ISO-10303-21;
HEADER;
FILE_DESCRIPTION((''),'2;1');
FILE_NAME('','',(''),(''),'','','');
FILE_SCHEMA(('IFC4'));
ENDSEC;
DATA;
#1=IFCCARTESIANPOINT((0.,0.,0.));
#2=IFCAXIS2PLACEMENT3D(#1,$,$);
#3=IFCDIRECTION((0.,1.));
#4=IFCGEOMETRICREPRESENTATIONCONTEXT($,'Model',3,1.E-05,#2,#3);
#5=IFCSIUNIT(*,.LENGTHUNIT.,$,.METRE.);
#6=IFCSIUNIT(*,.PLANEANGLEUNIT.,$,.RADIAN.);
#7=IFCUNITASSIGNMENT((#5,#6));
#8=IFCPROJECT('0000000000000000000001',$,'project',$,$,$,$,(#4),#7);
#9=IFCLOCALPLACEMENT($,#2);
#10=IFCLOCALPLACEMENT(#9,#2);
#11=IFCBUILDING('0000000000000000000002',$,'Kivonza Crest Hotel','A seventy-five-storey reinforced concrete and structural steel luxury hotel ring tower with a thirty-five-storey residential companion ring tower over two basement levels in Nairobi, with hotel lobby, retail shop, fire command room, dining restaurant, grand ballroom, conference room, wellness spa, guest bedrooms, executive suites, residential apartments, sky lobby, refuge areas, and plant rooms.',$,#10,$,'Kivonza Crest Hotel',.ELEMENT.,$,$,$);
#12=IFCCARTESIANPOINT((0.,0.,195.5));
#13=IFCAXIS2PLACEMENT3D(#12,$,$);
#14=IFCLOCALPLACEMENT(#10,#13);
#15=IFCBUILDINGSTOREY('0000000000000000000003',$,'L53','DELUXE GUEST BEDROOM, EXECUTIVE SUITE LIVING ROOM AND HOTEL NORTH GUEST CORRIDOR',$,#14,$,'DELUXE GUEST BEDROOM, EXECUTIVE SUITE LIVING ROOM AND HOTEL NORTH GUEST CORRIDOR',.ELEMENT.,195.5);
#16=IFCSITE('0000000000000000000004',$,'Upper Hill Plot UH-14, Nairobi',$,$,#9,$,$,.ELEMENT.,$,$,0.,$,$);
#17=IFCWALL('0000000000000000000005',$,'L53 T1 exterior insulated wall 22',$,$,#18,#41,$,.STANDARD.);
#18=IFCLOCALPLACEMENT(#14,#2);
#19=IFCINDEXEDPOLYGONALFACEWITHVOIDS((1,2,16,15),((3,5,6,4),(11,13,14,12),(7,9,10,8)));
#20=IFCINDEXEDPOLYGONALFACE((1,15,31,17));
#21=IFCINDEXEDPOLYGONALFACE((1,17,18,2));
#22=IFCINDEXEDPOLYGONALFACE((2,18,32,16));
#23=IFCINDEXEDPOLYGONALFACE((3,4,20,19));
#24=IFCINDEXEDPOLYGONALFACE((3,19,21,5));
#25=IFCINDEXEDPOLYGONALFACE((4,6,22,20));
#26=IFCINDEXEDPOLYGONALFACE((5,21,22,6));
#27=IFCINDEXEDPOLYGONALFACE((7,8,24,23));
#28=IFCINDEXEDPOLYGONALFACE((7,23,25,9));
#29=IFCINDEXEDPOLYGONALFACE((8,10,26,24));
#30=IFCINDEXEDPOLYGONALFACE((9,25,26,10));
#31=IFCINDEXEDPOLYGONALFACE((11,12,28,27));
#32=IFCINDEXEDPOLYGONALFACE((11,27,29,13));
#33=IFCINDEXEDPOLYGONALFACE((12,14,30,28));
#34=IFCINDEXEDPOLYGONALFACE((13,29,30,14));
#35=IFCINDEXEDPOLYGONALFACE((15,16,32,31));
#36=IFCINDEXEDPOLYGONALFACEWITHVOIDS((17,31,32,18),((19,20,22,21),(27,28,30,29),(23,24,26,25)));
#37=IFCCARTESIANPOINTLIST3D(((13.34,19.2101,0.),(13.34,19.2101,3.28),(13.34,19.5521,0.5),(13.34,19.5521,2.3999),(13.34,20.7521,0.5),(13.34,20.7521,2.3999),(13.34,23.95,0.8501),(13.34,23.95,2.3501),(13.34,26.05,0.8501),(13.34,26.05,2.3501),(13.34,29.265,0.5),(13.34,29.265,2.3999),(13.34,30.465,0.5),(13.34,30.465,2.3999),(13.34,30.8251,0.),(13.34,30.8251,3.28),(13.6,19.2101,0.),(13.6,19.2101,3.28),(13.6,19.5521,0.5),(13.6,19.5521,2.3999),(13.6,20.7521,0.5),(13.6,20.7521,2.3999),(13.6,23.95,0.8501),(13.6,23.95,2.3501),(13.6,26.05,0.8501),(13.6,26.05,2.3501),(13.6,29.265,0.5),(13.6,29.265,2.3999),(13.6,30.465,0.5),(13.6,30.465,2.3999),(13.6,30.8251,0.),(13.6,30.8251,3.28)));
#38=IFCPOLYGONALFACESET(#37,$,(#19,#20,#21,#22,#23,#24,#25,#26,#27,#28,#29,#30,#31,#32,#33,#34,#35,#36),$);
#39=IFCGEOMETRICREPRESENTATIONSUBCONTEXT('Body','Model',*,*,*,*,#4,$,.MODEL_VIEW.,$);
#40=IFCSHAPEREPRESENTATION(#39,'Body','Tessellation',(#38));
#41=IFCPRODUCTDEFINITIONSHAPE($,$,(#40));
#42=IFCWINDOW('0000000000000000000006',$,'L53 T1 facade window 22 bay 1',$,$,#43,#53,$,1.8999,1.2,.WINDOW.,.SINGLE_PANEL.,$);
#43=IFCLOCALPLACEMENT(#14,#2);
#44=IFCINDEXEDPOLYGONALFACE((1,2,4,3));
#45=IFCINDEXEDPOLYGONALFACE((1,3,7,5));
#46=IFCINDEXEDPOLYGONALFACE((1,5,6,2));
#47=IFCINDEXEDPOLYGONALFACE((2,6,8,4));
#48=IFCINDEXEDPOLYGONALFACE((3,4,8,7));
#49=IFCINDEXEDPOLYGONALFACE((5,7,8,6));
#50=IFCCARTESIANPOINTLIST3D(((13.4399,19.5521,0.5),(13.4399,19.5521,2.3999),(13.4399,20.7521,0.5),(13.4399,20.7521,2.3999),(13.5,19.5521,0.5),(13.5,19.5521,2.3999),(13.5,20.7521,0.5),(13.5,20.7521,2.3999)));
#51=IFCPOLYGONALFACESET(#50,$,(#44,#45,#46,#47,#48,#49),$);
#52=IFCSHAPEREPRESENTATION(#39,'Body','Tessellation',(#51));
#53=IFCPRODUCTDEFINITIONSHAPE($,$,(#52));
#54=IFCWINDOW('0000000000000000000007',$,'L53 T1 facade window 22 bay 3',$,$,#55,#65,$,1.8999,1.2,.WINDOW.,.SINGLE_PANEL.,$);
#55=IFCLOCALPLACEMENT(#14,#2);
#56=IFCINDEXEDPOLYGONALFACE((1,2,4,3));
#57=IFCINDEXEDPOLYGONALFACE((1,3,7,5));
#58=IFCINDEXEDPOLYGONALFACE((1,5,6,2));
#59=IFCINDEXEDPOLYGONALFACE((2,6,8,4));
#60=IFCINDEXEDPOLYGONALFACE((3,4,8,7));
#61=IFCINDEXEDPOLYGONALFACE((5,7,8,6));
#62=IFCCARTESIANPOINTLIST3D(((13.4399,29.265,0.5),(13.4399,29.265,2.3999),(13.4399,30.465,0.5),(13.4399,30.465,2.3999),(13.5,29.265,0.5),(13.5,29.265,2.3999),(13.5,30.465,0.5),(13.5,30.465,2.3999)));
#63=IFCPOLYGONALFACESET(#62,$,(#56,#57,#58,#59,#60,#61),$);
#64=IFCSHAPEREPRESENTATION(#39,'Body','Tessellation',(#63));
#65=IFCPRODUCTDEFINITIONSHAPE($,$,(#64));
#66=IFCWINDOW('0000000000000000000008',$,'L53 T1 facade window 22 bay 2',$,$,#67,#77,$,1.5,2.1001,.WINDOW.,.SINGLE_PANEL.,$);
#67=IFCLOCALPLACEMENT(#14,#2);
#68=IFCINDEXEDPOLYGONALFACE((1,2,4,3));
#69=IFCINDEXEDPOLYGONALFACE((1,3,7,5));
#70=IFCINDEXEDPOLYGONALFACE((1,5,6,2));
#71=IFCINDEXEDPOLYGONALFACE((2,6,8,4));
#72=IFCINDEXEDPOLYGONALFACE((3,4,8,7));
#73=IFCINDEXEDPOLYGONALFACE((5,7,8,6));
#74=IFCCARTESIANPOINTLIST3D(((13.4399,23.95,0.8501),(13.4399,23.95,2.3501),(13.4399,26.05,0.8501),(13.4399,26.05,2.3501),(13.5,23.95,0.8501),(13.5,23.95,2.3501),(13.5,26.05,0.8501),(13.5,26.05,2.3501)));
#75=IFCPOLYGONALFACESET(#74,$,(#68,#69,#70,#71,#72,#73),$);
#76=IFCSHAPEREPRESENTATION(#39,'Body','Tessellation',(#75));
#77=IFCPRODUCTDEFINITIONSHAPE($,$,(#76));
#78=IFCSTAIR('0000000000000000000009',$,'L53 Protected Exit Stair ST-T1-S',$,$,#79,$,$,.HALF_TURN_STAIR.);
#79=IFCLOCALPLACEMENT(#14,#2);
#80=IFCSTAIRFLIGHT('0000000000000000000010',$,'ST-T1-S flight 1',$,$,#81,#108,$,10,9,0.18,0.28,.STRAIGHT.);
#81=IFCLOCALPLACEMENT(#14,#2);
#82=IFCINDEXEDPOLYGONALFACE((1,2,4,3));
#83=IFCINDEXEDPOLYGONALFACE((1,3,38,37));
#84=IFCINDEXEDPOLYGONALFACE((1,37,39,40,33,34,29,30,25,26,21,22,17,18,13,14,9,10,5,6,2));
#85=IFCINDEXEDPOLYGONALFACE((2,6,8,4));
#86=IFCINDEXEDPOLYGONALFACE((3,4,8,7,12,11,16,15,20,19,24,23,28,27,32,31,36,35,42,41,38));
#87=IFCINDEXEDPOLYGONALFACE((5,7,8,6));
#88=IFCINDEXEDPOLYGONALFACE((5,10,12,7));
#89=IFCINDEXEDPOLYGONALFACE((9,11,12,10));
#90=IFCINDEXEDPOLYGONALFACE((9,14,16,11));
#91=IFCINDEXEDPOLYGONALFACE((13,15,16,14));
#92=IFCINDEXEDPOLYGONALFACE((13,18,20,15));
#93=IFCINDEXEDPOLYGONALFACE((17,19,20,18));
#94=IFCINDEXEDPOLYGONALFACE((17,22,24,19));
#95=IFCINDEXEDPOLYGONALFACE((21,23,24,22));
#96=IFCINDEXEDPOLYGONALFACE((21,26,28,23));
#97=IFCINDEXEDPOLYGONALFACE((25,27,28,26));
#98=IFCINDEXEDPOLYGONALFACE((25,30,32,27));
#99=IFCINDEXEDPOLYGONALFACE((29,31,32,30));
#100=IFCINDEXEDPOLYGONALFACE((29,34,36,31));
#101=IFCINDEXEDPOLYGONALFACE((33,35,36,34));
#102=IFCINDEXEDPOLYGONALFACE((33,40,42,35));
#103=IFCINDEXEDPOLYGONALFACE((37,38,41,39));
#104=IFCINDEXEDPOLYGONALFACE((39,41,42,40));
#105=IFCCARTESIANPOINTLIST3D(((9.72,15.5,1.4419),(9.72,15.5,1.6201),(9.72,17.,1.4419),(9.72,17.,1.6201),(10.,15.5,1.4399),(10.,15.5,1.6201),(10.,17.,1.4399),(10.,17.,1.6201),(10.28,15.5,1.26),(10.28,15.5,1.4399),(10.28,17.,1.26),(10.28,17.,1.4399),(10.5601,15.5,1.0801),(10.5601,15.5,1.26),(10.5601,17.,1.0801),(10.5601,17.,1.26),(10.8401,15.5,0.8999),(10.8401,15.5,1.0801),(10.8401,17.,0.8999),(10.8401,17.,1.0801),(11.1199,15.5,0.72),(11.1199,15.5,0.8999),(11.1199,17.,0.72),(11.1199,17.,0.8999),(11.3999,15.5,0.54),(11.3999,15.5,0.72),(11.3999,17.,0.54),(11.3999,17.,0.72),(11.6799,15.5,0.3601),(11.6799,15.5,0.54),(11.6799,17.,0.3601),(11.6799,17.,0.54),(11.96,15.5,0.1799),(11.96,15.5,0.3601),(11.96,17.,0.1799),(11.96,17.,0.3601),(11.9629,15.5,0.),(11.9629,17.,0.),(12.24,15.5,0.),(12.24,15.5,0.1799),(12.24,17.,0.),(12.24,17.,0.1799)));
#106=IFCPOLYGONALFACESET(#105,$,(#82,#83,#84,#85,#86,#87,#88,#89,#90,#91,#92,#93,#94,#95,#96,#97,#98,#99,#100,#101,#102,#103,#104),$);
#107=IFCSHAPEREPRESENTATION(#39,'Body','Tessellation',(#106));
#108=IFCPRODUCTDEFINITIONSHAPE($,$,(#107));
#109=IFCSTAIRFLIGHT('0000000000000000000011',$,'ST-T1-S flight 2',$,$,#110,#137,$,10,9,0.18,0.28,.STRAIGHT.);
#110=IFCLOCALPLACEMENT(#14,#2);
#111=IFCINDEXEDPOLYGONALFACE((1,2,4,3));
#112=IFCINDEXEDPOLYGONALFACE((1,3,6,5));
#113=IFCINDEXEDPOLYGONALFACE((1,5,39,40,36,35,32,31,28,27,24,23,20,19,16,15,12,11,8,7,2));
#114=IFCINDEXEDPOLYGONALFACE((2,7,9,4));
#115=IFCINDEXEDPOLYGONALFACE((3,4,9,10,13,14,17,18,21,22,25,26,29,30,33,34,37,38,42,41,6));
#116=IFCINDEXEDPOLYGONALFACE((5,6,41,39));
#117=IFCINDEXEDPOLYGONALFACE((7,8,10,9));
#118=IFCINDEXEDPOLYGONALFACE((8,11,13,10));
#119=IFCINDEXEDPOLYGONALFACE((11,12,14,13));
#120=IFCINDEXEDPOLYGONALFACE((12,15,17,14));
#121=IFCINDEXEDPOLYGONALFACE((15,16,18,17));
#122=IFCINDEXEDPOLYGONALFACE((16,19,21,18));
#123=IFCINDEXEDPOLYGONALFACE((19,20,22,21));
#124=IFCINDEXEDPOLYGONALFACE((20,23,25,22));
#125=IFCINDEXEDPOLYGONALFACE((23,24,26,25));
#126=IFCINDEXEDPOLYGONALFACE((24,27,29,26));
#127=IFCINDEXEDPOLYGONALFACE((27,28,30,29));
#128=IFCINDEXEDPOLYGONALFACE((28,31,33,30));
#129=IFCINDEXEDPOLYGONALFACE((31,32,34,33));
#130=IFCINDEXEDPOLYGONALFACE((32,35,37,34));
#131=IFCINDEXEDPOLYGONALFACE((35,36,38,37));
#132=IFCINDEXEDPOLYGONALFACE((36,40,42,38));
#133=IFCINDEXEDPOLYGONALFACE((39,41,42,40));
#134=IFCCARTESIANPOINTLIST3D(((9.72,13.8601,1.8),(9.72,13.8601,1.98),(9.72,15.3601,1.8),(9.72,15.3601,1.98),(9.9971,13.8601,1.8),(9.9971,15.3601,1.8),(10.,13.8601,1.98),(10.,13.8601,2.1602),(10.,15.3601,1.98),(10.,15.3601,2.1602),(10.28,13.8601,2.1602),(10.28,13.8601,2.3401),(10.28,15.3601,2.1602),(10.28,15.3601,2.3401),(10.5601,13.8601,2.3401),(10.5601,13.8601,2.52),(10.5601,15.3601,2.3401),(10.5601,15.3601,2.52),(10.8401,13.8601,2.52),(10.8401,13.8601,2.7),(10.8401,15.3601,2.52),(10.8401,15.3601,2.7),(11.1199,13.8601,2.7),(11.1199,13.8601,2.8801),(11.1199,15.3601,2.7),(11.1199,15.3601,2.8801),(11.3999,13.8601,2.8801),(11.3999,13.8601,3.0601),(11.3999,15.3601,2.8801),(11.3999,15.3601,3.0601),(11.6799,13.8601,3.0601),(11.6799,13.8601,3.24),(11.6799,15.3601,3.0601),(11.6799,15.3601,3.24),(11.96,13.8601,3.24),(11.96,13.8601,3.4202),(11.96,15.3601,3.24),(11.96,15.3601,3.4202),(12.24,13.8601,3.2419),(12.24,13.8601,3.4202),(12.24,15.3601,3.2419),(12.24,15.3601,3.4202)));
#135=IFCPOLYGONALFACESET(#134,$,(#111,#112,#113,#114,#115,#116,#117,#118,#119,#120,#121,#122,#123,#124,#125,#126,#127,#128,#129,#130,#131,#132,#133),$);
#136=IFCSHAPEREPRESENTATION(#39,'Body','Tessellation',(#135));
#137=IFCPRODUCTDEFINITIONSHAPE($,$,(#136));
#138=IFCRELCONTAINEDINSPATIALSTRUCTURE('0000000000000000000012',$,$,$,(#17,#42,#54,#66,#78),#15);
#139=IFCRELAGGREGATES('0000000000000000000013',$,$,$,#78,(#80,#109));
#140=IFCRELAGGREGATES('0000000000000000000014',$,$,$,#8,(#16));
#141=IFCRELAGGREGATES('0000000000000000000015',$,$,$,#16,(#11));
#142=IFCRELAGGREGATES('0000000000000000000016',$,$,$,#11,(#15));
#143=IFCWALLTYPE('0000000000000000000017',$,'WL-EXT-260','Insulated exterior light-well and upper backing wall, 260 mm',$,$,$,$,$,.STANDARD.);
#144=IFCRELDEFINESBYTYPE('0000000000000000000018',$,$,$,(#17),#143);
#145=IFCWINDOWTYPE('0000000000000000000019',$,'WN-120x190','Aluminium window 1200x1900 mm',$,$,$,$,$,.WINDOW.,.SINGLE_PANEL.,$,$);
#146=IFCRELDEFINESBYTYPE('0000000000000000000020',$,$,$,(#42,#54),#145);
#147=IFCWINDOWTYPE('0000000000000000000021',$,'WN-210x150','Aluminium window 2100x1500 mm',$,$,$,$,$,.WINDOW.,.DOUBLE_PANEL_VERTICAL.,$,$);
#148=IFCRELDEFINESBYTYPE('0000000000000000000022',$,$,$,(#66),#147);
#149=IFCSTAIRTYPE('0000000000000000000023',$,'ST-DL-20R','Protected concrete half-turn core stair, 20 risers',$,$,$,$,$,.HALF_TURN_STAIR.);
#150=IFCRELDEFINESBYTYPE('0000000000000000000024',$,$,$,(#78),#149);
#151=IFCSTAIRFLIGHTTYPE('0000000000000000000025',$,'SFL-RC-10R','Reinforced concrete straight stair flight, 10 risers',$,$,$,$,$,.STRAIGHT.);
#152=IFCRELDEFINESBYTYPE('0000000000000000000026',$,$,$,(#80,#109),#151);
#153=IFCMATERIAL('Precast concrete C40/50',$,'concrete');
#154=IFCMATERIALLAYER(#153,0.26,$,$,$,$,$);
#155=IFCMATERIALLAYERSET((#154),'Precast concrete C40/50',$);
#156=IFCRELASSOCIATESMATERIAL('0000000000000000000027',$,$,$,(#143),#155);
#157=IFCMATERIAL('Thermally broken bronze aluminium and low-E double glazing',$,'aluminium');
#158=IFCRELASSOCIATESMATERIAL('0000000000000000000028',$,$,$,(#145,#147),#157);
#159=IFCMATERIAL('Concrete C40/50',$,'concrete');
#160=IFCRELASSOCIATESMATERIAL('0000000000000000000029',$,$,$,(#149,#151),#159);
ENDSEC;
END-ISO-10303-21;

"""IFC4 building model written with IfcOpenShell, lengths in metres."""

from ifc_helpers import new_model, si_unit, direction, frame, frame_2d, origin, place, context, subcontext, project, spatial, polyline, rectangle, outline, extrude, material, layer, layer_set, type_object, element, fill, aggregate, save


model = new_model("IFC4")

# Units and contexts
model_context = context("Model", 3, precision=1e-05, world=origin(), true_north=direction((0.0, 1.0)))
body_context = subcontext(model_context, "Body", "Model", "MODEL_VIEW")
ifc_project = project(units=[si_unit("LENGTHUNIT", "METRE"), si_unit("PLANEANGLEUNIT", "RADIAN")], contexts=[model_context])

# Site, building, storey
site_placement = place(None, origin())
site = spatial("IfcSite", under=ifc_project, at=site_placement, Name="Upper Hill Plot UH-14, Nairobi", CompositionType="ELEMENT", RefElevation=0.0)
building_placement = place(site_placement, origin())
building = spatial("IfcBuilding", under=site, at=building_placement, Name="Kivonza Crest Hotel", Description="A seventy-five-storey reinforced concrete and structural steel luxury hotel ring tower with a thirty-five-storey residential companion ring tower over two basement levels in Nairobi, with hotel lobby, retail shop, fire command room, dining restaurant, grand ballroom, conference room, wellness spa, guest bedrooms, executive suites, residential apartments, sky lobby, refuge areas, and plant rooms.", LongName="Kivonza Crest Hotel", CompositionType="ELEMENT")
storey_placement = place(building_placement, frame((0.0, 0.0, 195.5)))
storey = spatial("IfcBuildingStorey", under=building, at=storey_placement, Name="L53", Description="DELUXE GUEST BEDROOM, EXECUTIVE SUITE LIVING ROOM AND HOTEL NORTH GUEST CORRIDOR", LongName="DELUXE GUEST BEDROOM, EXECUTIVE SUITE LIVING ROOM AND HOTEL NORTH GUEST CORRIDOR", CompositionType="ELEMENT", Elevation=195.5)

# Shared definitions
ifc_material_1 = material(Name="Precast concrete C40/50", Category="concrete")
ifc_layer_1 = layer(ifc_material_1, 0.26)
ifc_layer_set_1 = layer_set([ifc_layer_1], Name="Precast concrete C40/50")
wall_type_1 = type_object("IfcWallType", Name="WL-EXT-260", Description="Insulated exterior light-well and upper backing wall, 260 mm", PredefinedType="STANDARD", material=ifc_layer_set_1)
ifc_material_2 = material(Name="Thermally broken bronze aluminium and low-E double glazing", Category="aluminium")

# Wall, openings, windows
wall_1_placement = place(storey_placement, frame((13.47, 19.21, 0.0), z_axis=(0.0, 0.0, 1.0), x_axis=(0.0, 1.0, 0.0)))
wall_1 = element("IfcWall", 1, at=wall_1_placement, inside=storey, type_object=wall_type_1, Name="L53 T1 exterior insulated wall 22", PredefinedType="STANDARD", context=body_context, shape_type="SweptSolid", body=[
    extrude(rectangle(XDim=11.615, YDim=0.26, at=frame_2d((5.8076, 0.0))), origin(), (0.0, 0.0, 1.0), 3.28),
])
opening_1_placement = place(wall_1_placement, frame((0.342, 0.0, 0.5)))
opening_1 = element("IfcOpeningElement", 2, at=opening_1_placement, cuts=wall_1, PredefinedType="OPENING", context=body_context, shape_type="SweptSolid", body=[
    extrude(rectangle(XDim=1.2, YDim=1.8999, at=frame_2d((0.6001, 0.95))), frame((0.0, 0.1401, 0.0), z_axis=(0.0, -1.0, 0.0), x_axis=(1.0, 0.0, 0.0)), (0.0, 0.0, 1.0), 0.28),
])
opening_2_placement = place(wall_1_placement, frame((4.74, 0.0, 0.8501)))
opening_2 = element("IfcOpeningElement", 3, at=opening_2_placement, cuts=wall_1, PredefinedType="OPENING", context=body_context, shape_type="SweptSolid", body=[
    extrude(rectangle(XDim=2.1001, YDim=1.5, at=frame_2d((1.05, 0.75))), frame((0.0, 0.1401, 0.0), z_axis=(0.0, -1.0, 0.0), x_axis=(1.0, 0.0, 0.0)), (0.0, 0.0, 1.0), 0.28),
])
opening_3_placement = place(wall_1_placement, frame((10.0549, 0.0, 0.5)))
opening_3 = element("IfcOpeningElement", 4, at=opening_3_placement, cuts=wall_1, PredefinedType="OPENING", context=body_context, shape_type="SweptSolid", body=[
    extrude(rectangle(XDim=1.2, YDim=1.8999, at=frame_2d((0.6001, 0.95))), frame((0.0, 0.1401, 0.0), z_axis=(0.0, -1.0, 0.0), x_axis=(1.0, 0.0, 0.0)), (0.0, 0.0, 1.0), 0.28),
])
window_type_1 = type_object("IfcWindowType", Name="WN-120x190", Description="Aluminium window 1200x1900 mm", PartitioningType="SINGLE_PANEL", PredefinedType="WINDOW", material=ifc_material_2)
window_1_placement = place(opening_1_placement, origin())
window_1 = element("IfcWindow", 5, at=window_1_placement, inside=storey, type_object=window_type_1, Name="L53 T1 facade window 22 bay 1", OverallHeight=1.8999, OverallWidth=1.2, PartitioningType="SINGLE_PANEL", PredefinedType="WINDOW", context=body_context, shape_type="SweptSolid", body=[
    extrude(rectangle(XDim=1.2, YDim=1.8999, at=frame_2d((0.6001, 0.95))), frame((0.0, 0.03, 0.0), z_axis=(0.0, -1.0, 0.0), x_axis=(1.0, 0.0, 0.0)), (0.0, 0.0, 1.0), 0.0601),
])
fill(opening_1, window_1)
window_2_placement = place(opening_3_placement, origin())
window_2 = element("IfcWindow", 6, at=window_2_placement, inside=storey, type_object=window_type_1, Name="L53 T1 facade window 22 bay 3", OverallHeight=1.8999, OverallWidth=1.2, PartitioningType="SINGLE_PANEL", PredefinedType="WINDOW", context=body_context, shape_type="SweptSolid", body=[
    extrude(rectangle(XDim=1.2, YDim=1.8999, at=frame_2d((0.6001, 0.95))), frame((0.0, 0.03, 0.0), z_axis=(0.0, -1.0, 0.0), x_axis=(1.0, 0.0, 0.0)), (0.0, 0.0, 1.0), 0.0601),
])
fill(opening_3, window_2)
window_type_2 = type_object("IfcWindowType", Name="WN-210x150", Description="Aluminium window 2100x1500 mm", PartitioningType="DOUBLE_PANEL_VERTICAL", PredefinedType="WINDOW", material=ifc_material_2)
window_3_placement = place(opening_2_placement, origin())
window_3 = element("IfcWindow", 7, at=window_3_placement, inside=storey, type_object=window_type_2, Name="L53 T1 facade window 22 bay 2", OverallHeight=1.5, OverallWidth=2.1001, PartitioningType="SINGLE_PANEL", PredefinedType="WINDOW", context=body_context, shape_type="SweptSolid", body=[
    extrude(rectangle(XDim=2.1001, YDim=1.5, at=frame_2d((1.05, 0.75))), frame((0.0, 0.03, 0.0), z_axis=(0.0, -1.0, 0.0), x_axis=(1.0, 0.0, 0.0)), (0.0, 0.0, 1.0), 0.0601),
])
fill(opening_2, window_3)

# Stair, stair flights
ifc_material_3 = material(Name="Concrete C40/50", Category="concrete")
stair_type = type_object("IfcStairType", Name="ST-DL-20R", Description="Protected concrete half-turn core stair, 20 risers", PredefinedType="HALF_TURN_STAIR", material=ifc_material_3)
stair_placement = place(storey_placement, origin())
stair = element("IfcStair", 8, at=stair_placement, inside=storey, type_object=stair_type, Name="L53 Protected Exit Stair ST-T1-S", PredefinedType="HALF_TURN_STAIR")
stair_flight_type = type_object("IfcStairFlightType", Name="SFL-RC-10R", Description="Reinforced concrete straight stair flight, 10 risers", PredefinedType="STRAIGHT", material=ifc_material_3)
stair_flight_1_placement = place(storey_placement, frame((12.24, 16.25, 0.0), z_axis=(0.0, 0.0, 1.0), x_axis=(-1.0, 0.0, 0.0)))
stair_flight_1 = element("IfcStairFlight", 9, at=stair_flight_1_placement, type_object=stair_flight_type, Name="ST-T1-S flight 1", NumberOfRisers=10, NumberOfTreads=9, PredefinedType="STRAIGHT", RiserHeight=0.18, TreadLength=0.28, context=body_context, shape_type="SweptSolid", body=[
    extrude(outline(polyline([(0.0, 0.0), (0.0, 0.1799), (0.28, 0.1799), (0.28, 0.3601), (0.5601, 0.3601), (0.5601, 0.54), (0.8401, 0.54), (0.8401, 0.72), (1.1201, 0.72), (1.1201, 0.8999), (1.3999, 0.8999), (1.3999, 1.0801), (1.6799, 1.0801), (1.6799, 1.26), (1.96, 1.26), (1.96, 1.4399), (2.24, 1.4399), (2.24, 1.6201), (2.52, 1.6201), (2.52, 1.8), (2.52, 1.4419), (0.2771, 0.0), (0.0, 0.0)])), frame((0.0, 0.75, 0.0), z_axis=(0.0, -1.0, 0.0), x_axis=(1.0, 0.0, 0.0)), (0.0, 0.0, 1.0), 1.5),
])
stair_flight_2_placement = place(storey_placement, frame((9.72, 14.6101, 1.8), z_axis=(0.0, 0.0, 1.0), x_axis=(1.0, 0.0, 0.0)))
stair_flight_2 = element("IfcStairFlight", 10, at=stair_flight_2_placement, type_object=stair_flight_type, Name="ST-T1-S flight 2", NumberOfRisers=10, NumberOfTreads=9, PredefinedType="STRAIGHT", RiserHeight=0.18, TreadLength=0.28, context=body_context, shape_type="SweptSolid", body=[
    extrude(outline(polyline([(0.0, 0.0), (0.0, 0.1799), (0.28, 0.1799), (0.28, 0.3601), (0.5601, 0.3601), (0.5601, 0.54), (0.8401, 0.54), (0.8401, 0.72), (1.1201, 0.72), (1.1201, 0.8999), (1.3999, 0.8999), (1.3999, 1.0801), (1.6799, 1.0801), (1.6799, 1.26), (1.96, 1.26), (1.96, 1.4399), (2.24, 1.4399), (2.24, 1.6201), (2.52, 1.6201), (2.52, 1.8), (2.52, 1.4419), (0.2771, 0.0), (0.0, 0.0)])), frame((0.0, 0.75, 0.0), z_axis=(0.0, -1.0, 0.0), x_axis=(1.0, 0.0, 0.0)), (0.0, 0.0, 1.0), 1.5),
])
aggregate(stair, [stair_flight_1, stair_flight_2])

save(model, "model.ifc")
